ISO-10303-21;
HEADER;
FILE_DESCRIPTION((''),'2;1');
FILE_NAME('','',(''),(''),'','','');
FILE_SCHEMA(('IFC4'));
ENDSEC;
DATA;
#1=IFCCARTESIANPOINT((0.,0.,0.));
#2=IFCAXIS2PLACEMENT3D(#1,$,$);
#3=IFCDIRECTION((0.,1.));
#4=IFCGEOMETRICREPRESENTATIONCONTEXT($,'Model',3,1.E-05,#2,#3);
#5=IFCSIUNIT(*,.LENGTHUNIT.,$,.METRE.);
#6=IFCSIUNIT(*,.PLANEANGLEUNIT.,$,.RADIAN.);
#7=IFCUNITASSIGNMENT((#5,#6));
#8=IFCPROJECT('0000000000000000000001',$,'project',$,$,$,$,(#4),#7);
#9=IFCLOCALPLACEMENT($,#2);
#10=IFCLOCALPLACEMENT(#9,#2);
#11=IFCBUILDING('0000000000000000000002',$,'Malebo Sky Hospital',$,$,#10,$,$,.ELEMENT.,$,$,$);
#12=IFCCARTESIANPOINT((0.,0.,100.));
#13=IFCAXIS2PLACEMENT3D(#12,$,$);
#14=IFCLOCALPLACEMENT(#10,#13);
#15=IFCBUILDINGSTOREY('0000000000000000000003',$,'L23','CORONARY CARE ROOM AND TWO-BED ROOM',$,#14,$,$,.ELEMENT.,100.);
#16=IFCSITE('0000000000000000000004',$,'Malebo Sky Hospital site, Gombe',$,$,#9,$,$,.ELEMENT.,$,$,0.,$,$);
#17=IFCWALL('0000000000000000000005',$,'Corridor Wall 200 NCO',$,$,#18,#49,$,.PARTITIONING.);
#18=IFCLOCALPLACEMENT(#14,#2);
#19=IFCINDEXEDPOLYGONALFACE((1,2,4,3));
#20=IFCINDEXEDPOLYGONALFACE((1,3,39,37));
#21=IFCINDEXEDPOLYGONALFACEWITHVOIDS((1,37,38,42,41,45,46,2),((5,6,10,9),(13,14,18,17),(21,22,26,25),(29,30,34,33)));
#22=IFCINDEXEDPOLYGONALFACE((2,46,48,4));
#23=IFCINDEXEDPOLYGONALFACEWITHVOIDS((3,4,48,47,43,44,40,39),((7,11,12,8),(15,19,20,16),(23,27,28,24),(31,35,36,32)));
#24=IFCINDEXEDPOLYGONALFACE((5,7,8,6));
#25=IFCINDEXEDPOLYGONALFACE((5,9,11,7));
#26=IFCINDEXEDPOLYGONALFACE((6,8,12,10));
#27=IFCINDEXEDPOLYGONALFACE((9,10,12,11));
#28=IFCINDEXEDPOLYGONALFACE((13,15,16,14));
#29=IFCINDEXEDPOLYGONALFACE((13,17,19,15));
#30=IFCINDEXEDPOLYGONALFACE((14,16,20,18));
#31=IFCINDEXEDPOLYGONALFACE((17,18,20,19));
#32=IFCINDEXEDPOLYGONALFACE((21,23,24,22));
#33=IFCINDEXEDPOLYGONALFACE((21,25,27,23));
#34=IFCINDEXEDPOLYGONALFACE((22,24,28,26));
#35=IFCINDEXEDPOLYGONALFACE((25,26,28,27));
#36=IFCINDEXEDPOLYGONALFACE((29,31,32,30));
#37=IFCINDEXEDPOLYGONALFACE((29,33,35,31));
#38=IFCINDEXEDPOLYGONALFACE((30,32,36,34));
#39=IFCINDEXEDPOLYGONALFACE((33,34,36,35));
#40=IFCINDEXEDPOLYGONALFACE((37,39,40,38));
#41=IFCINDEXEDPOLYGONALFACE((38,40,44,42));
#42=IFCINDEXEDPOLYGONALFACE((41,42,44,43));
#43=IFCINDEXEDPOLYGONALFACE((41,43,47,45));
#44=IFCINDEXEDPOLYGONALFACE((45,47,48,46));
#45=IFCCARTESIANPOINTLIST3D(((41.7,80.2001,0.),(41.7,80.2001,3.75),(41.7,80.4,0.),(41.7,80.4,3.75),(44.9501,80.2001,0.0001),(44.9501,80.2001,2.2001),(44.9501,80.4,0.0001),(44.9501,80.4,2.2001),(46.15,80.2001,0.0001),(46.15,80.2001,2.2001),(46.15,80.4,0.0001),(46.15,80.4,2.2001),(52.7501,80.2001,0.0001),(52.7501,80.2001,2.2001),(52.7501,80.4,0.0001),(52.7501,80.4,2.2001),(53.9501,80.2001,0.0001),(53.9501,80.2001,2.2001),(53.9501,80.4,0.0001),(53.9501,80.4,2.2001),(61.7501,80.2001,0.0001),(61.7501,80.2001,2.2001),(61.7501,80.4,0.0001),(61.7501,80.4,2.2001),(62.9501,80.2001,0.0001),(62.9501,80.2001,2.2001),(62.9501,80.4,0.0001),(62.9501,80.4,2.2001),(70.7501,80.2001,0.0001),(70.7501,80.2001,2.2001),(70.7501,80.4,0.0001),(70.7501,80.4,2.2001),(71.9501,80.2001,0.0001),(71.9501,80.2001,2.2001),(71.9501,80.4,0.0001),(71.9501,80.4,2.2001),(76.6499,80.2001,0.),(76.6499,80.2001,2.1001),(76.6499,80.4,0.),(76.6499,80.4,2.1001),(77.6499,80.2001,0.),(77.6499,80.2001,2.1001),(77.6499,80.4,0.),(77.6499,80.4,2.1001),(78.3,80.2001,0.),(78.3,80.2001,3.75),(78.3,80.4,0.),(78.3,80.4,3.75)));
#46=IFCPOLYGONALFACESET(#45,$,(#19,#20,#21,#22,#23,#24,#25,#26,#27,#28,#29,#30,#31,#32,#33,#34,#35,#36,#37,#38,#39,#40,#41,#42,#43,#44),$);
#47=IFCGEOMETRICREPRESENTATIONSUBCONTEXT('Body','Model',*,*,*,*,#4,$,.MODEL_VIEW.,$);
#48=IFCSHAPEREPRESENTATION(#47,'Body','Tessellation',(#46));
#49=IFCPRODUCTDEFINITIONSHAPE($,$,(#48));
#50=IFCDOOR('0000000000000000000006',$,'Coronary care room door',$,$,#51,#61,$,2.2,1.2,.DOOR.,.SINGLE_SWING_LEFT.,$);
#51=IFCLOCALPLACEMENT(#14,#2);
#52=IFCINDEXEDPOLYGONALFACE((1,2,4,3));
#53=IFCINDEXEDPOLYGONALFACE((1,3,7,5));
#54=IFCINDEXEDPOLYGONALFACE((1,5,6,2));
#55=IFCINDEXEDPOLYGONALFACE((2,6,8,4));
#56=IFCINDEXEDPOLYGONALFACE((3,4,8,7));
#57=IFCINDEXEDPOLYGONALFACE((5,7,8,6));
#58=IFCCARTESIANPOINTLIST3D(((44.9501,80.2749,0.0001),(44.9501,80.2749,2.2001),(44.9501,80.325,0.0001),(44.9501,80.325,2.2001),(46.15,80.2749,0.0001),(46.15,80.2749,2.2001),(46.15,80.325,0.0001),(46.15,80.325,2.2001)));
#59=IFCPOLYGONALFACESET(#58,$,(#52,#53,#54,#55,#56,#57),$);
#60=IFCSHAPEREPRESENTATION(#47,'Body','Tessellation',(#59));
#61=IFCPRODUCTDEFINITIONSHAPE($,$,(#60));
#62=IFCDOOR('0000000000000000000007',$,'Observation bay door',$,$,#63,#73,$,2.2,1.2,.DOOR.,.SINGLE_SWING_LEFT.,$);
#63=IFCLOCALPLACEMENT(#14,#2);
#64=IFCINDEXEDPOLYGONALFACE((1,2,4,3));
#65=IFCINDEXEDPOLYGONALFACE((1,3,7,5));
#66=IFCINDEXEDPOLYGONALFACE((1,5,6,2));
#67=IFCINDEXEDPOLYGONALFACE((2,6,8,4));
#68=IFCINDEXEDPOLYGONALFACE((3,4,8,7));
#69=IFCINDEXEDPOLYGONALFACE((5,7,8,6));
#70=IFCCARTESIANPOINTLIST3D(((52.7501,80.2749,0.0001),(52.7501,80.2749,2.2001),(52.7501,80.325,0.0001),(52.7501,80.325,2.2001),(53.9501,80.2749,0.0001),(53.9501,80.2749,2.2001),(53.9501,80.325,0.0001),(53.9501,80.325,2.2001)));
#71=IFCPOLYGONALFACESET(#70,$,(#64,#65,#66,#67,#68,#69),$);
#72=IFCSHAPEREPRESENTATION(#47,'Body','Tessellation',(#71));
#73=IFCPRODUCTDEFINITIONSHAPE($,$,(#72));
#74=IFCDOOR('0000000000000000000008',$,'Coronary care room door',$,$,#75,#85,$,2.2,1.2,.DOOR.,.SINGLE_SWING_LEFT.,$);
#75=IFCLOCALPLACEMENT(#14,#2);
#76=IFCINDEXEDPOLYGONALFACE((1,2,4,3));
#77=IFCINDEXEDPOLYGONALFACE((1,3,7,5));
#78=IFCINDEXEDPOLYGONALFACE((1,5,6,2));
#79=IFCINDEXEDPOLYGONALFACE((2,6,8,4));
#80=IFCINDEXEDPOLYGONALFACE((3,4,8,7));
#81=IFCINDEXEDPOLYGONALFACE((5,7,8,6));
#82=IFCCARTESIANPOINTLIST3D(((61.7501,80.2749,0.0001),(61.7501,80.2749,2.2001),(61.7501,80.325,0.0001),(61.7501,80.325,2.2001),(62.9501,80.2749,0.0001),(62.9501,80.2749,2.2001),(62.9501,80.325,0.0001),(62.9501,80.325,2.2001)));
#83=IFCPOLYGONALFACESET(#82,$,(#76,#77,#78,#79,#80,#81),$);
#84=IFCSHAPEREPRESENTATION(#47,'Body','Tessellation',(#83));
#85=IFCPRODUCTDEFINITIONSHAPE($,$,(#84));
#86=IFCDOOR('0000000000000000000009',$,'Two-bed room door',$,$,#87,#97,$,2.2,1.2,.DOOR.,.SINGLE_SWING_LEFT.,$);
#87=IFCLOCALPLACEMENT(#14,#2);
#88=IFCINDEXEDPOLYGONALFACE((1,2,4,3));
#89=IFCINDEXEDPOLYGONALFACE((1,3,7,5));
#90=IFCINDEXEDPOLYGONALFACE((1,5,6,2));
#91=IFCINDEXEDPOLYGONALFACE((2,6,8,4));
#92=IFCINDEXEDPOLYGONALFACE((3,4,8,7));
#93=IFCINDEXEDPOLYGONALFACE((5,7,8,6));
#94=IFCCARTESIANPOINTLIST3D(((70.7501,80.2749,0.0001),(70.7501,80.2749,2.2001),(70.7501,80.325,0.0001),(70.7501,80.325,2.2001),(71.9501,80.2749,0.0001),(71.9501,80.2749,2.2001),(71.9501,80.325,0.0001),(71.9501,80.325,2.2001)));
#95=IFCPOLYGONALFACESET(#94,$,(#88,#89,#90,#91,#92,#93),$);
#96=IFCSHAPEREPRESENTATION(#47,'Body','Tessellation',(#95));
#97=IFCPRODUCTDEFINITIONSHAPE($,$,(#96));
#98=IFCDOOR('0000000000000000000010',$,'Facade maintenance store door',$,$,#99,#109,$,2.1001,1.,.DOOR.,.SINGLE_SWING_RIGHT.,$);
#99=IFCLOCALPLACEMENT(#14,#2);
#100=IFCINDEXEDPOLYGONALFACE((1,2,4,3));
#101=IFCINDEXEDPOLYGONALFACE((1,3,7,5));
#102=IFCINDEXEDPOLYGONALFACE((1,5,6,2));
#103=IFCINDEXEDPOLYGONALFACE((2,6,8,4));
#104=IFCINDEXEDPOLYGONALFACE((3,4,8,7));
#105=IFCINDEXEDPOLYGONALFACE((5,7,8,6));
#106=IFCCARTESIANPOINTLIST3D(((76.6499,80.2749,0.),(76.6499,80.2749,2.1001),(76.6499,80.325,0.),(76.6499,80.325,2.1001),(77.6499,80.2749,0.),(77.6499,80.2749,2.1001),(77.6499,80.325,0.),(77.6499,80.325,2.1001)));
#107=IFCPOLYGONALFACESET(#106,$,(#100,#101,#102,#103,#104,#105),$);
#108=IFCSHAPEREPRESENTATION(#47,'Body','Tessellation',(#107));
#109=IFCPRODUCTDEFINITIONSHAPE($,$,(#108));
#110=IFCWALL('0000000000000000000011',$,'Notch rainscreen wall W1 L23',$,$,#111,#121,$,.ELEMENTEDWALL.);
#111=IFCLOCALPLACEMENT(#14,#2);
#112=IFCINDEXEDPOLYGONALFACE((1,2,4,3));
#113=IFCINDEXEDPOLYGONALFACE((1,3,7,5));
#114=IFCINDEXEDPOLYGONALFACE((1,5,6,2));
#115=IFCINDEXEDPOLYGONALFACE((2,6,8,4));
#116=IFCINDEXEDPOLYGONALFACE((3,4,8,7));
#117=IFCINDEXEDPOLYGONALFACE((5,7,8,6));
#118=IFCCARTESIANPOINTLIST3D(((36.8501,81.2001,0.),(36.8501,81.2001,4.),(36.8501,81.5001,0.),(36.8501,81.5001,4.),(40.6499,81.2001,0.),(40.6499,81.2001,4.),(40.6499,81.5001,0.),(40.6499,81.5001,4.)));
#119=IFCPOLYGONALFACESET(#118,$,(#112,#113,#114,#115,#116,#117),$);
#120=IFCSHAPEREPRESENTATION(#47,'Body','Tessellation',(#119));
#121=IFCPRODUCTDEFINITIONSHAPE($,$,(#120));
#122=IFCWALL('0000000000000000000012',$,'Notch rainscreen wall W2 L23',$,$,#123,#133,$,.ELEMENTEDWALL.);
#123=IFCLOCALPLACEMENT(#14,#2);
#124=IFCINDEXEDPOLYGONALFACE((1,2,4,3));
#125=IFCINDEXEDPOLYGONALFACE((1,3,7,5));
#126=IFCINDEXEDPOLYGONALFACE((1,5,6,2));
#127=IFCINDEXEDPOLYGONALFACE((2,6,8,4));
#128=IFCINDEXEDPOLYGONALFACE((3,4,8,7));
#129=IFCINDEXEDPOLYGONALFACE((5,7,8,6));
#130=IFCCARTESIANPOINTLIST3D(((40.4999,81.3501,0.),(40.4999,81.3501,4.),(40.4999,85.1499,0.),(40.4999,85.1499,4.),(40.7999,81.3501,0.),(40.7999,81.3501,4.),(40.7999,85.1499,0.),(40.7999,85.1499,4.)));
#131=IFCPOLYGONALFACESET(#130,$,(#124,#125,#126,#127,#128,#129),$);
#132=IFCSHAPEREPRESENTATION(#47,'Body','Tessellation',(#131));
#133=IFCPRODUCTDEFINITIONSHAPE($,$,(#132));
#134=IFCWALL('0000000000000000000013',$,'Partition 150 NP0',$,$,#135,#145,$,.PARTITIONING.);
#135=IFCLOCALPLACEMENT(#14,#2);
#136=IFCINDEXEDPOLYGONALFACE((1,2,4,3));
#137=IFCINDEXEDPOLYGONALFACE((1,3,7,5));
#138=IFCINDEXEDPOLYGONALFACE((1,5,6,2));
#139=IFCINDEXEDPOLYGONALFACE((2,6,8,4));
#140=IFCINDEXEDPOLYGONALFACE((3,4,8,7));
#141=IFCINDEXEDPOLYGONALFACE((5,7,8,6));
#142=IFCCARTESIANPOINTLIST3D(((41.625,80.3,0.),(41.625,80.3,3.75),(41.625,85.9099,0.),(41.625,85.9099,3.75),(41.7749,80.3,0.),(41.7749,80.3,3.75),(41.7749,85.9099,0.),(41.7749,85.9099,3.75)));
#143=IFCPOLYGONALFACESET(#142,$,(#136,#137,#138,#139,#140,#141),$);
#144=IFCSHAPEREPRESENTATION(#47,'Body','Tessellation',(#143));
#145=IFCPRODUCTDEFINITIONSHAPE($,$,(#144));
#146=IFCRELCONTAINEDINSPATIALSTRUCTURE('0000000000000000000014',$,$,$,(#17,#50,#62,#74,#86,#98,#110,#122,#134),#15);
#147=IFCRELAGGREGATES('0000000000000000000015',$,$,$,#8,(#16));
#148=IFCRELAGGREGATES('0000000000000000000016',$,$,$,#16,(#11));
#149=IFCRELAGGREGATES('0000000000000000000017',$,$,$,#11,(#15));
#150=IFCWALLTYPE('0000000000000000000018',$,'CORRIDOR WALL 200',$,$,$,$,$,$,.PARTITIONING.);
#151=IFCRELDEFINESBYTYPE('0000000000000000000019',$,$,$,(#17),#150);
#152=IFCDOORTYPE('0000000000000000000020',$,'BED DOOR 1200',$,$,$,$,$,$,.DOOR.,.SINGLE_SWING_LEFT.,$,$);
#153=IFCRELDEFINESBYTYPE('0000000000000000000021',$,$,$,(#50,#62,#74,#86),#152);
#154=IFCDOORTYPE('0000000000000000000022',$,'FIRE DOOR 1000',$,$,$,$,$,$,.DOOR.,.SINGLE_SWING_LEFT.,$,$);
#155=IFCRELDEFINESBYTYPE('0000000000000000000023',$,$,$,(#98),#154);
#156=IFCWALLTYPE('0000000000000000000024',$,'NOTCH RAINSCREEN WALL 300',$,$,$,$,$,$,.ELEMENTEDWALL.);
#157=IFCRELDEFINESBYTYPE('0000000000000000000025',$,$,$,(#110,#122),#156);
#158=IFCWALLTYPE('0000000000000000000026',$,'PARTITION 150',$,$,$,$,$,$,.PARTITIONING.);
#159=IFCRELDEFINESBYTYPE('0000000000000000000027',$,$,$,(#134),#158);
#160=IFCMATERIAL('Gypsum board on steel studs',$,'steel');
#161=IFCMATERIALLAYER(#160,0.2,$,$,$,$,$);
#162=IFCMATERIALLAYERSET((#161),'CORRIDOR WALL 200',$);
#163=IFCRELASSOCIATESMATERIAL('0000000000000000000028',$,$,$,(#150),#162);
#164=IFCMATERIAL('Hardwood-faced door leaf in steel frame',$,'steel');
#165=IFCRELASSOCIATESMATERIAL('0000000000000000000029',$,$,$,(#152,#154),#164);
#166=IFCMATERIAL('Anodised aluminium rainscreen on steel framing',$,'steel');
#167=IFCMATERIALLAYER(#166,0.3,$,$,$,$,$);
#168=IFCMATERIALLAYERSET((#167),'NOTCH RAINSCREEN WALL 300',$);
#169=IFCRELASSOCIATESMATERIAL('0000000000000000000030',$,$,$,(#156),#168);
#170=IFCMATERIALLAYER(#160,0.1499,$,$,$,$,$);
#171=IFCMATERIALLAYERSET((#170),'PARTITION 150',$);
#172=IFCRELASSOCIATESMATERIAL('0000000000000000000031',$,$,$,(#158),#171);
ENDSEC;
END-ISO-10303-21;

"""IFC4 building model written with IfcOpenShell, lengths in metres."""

from ifc_helpers import new_model, si_unit, direction, frame, frame_2d, origin, place, context, subcontext, project, spatial, rectangle, extrude, material, layer, layer_set, type_object, element, fill, save


model = new_model("IFC4")

# Units and contexts
model_context = context("Model", 3, precision=1e-05, world=origin(), true_north=direction((0.0, 1.0)))
body_context = subcontext(model_context, "Body", "Model", "MODEL_VIEW")
ifc_project = project(units=[si_unit("LENGTHUNIT", "METRE"), si_unit("PLANEANGLEUNIT", "RADIAN")], contexts=[model_context])

# Site, building, storey
site_placement = place(None, origin())
site = spatial("IfcSite", under=ifc_project, at=site_placement, Name="Malebo Sky Hospital site, Gombe", CompositionType="ELEMENT", RefElevation=0.0)
building_placement = place(site_placement, origin())
building = spatial("IfcBuilding", under=site, at=building_placement, Name="Malebo Sky Hospital", CompositionType="ELEMENT")
storey_placement = place(building_placement, frame((0.0, 0.0, 100.0)))
storey = spatial("IfcBuildingStorey", under=building, at=storey_placement, Name="L23", Description="CORONARY CARE ROOM AND TWO-BED ROOM", CompositionType="ELEMENT", Elevation=100.0)

# Wall, openings, doors
ifc_material_1 = material(Name="Gypsum board on steel studs", Category="steel")
ifc_layer_1 = layer(ifc_material_1, 0.2)
ifc_layer_set_1 = layer_set([ifc_layer_1], Name="CORRIDOR WALL 200")
wall_type_1 = type_object("IfcWallType", Name="CORRIDOR WALL 200", PredefinedType="PARTITIONING", material=ifc_layer_set_1)
wall_1_placement = place(storey_placement, frame((41.7, 80.3, 0.0), z_axis=(0.0, 0.0, 1.0), x_axis=(1.0, 0.0, 0.0)))
wall_1 = element("IfcWall", 1, at=wall_1_placement, inside=storey, type_object=wall_type_1, Name="Corridor Wall 200 NCO", PredefinedType="PARTITIONING", context=body_context, shape_type="SweptSolid", body=[
    extrude(rectangle(XDim=36.6001, YDim=0.2, at=frame_2d((18.3, 0.0))), origin(), (0.0, 0.0, 1.0), 3.75),
])
opening_1_placement = place(wall_1_placement, frame((3.25, 0.0, 0.0)))
opening_1 = element("IfcOpeningElement", 2, at=opening_1_placement, cuts=wall_1, PredefinedType="OPENING", context=body_context, shape_type="SweptSolid", body=[
    extrude(rectangle(XDim=1.2, YDim=2.2, at=frame_2d((0.6001, 1.1001))), frame((0.0, 0.1099, 0.0), z_axis=(0.0, -1.0, 0.0), x_axis=(1.0, 0.0, 0.0)), (0.0, 0.0, 1.0), 0.22),
])
opening_2_placement = place(wall_1_placement, frame((11.05, 0.0, 0.0)))
opening_2 = element("IfcOpeningElement", 3, at=opening_2_placement, cuts=wall_1, PredefinedType="OPENING", context=body_context, shape_type="SweptSolid", body=[
    extrude(rectangle(XDim=1.2, YDim=2.2, at=frame_2d((0.6001, 1.1001))), frame((0.0, 0.1099, 0.0), z_axis=(0.0, -1.0, 0.0), x_axis=(1.0, 0.0, 0.0)), (0.0, 0.0, 1.0), 0.22),
])
opening_3_placement = place(wall_1_placement, frame((20.05, 0.0, 0.0)))
opening_3 = element("IfcOpeningElement", 4, at=opening_3_placement, cuts=wall_1, PredefinedType="OPENING", context=body_context, shape_type="SweptSolid", body=[
    extrude(rectangle(XDim=1.2, YDim=2.2, at=frame_2d((0.6001, 1.1001))), frame((0.0, 0.1099, 0.0), z_axis=(0.0, -1.0, 0.0), x_axis=(1.0, 0.0, 0.0)), (0.0, 0.0, 1.0), 0.22),
])
opening_4_placement = place(wall_1_placement, frame((29.05, 0.0, 0.0)))
opening_4 = element("IfcOpeningElement", 5, at=opening_4_placement, cuts=wall_1, PredefinedType="OPENING", context=body_context, shape_type="SweptSolid", body=[
    extrude(rectangle(XDim=1.2, YDim=2.2, at=frame_2d((0.6001, 1.1001))), frame((0.0, 0.1099, 0.0), z_axis=(0.0, -1.0, 0.0), x_axis=(1.0, 0.0, 0.0)), (0.0, 0.0, 1.0), 0.22),
])
opening_5_placement = place(wall_1_placement, frame((34.95, 0.0, 0.0)))
opening_5 = element("IfcOpeningElement", 6, at=opening_5_placement, cuts=wall_1, PredefinedType="OPENING", context=body_context, shape_type="SweptSolid", body=[
    extrude(rectangle(XDim=1.0, YDim=2.1001, at=frame_2d((0.5, 1.05))), frame((0.0, 0.1099, 0.0), z_axis=(0.0, -1.0, 0.0), x_axis=(1.0, 0.0, 0.0)), (0.0, 0.0, 1.0), 0.22),
])
ifc_material_2 = material(Name="Hardwood-faced door leaf in steel frame", Category="steel")
door_type_1 = type_object("IfcDoorType", Name="BED DOOR 1200", OperationType="SINGLE_SWING_LEFT", PredefinedType="DOOR", material=ifc_material_2)
door_1_placement = place(opening_1_placement, origin())
door_1 = element("IfcDoor", 7, at=door_1_placement, inside=storey, type_object=door_type_1, Name="Coronary care room door", OperationType="SINGLE_SWING_LEFT", OverallHeight=2.2, OverallWidth=1.2, PredefinedType="DOOR", context=body_context, shape_type="SweptSolid", body=[
    extrude(rectangle(XDim=1.2, YDim=2.2, at=frame_2d((0.6001, 1.1001))), frame((0.0, 0.0249, 0.0), z_axis=(0.0, -1.0, 0.0), x_axis=(1.0, 0.0, 0.0)), (0.0, 0.0, 1.0), 0.05),
])
fill(opening_1, door_1)
door_2_placement = place(opening_2_placement, origin())
door_2 = element("IfcDoor", 8, at=door_2_placement, inside=storey, type_object=door_type_1, Name="Observation bay door", OperationType="SINGLE_SWING_LEFT", OverallHeight=2.2, OverallWidth=1.2, PredefinedType="DOOR", context=body_context, shape_type="SweptSolid", body=[
    extrude(rectangle(XDim=1.2, YDim=2.2, at=frame_2d((0.6001, 1.1001))), frame((0.0, 0.0249, 0.0), z_axis=(0.0, -1.0, 0.0), x_axis=(1.0, 0.0, 0.0)), (0.0, 0.0, 1.0), 0.05),
])
fill(opening_2, door_2)
door_3_placement = place(opening_3_placement, origin())
door_3 = element("IfcDoor", 9, at=door_3_placement, inside=storey, type_object=door_type_1, Name="Coronary care room door", OperationType="SINGLE_SWING_LEFT", OverallHeight=2.2, OverallWidth=1.2, PredefinedType="DOOR", context=body_context, shape_type="SweptSolid", body=[
    extrude(rectangle(XDim=1.2, YDim=2.2, at=frame_2d((0.6001, 1.1001))), frame((0.0, 0.0249, 0.0), z_axis=(0.0, -1.0, 0.0), x_axis=(1.0, 0.0, 0.0)), (0.0, 0.0, 1.0), 0.05),
])
fill(opening_3, door_3)
door_4_placement = place(opening_4_placement, origin())
door_4 = element("IfcDoor", 10, at=door_4_placement, inside=storey, type_object=door_type_1, Name="Two-bed room door", OperationType="SINGLE_SWING_LEFT", OverallHeight=2.2, OverallWidth=1.2, PredefinedType="DOOR", context=body_context, shape_type="SweptSolid", body=[
    extrude(rectangle(XDim=1.2, YDim=2.2, at=frame_2d((0.6001, 1.1001))), frame((0.0, 0.0249, 0.0), z_axis=(0.0, -1.0, 0.0), x_axis=(1.0, 0.0, 0.0)), (0.0, 0.0, 1.0), 0.05),
])
fill(opening_4, door_4)
door_type_2 = type_object("IfcDoorType", Name="FIRE DOOR 1000", OperationType="SINGLE_SWING_LEFT", PredefinedType="DOOR", material=ifc_material_2)
door_5_placement = place(opening_5_placement, origin())
door_5 = element("IfcDoor", 11, at=door_5_placement, inside=storey, type_object=door_type_2, Name="Facade maintenance store door", OperationType="SINGLE_SWING_RIGHT", OverallHeight=2.1001, OverallWidth=1.0, PredefinedType="DOOR", context=body_context, shape_type="SweptSolid", body=[
    extrude(rectangle(XDim=1.0, YDim=2.1001, at=frame_2d((0.5, 1.05))), frame((0.0, 0.0249, 0.0), z_axis=(0.0, -1.0, 0.0), x_axis=(1.0, 0.0, 0.0)), (0.0, 0.0, 1.0), 0.05),
])
fill(opening_5, door_5)

# Walls
ifc_material_3 = material(Name="Anodised aluminium rainscreen on steel framing", Category="steel")
ifc_layer_2 = layer(ifc_material_3, 0.3)
ifc_layer_set_2 = layer_set([ifc_layer_2], Name="NOTCH RAINSCREEN WALL 300")
wall_type_2 = type_object("IfcWallType", Name="NOTCH RAINSCREEN WALL 300", PredefinedType="ELEMENTEDWALL", material=ifc_layer_set_2)
for number, where, z_axis, x_axis, name in (
    (12, (36.8501, 81.3501, 0.0), (0.0, 0.0, 1.0), (1.0, 0.0, 0.0), "Notch rainscreen wall W1 L23"),
    (13, (40.6499, 81.3501, 0.0), (0.0, 0.0, 1.0), (0.0, 1.0, 0.0), "Notch rainscreen wall W2 L23"),
):
    element("IfcWall", number, at=place(storey_placement, frame(where, z_axis=z_axis, x_axis=x_axis)), inside=storey, type_object=wall_type_2, Name=name, PredefinedType="ELEMENTEDWALL", context=body_context, shape_type="SweptSolid", body=[
        extrude(rectangle(XDim=3.7998, YDim=0.3, at=frame_2d((1.8999, 0.0))), origin(), (0.0, 0.0, 1.0), 4.0),
    ])
ifc_layer_3 = layer(ifc_material_1, 0.1499)
ifc_layer_set_3 = layer_set([ifc_layer_3], Name="PARTITION 150")
wall_type_3 = type_object("IfcWallType", Name="PARTITION 150", PredefinedType="PARTITIONING", material=ifc_layer_set_3)
wall_2_placement = place(storey_placement, frame((41.7, 80.3, 0.0), z_axis=(0.0, 0.0, 1.0), x_axis=(0.0, 1.0, 0.0)))
element("IfcWall", 14, at=wall_2_placement, inside=storey, type_object=wall_type_3, Name="Partition 150 NP0", PredefinedType="PARTITIONING", context=body_context, shape_type="SweptSolid", body=[
    extrude(rectangle(XDim=5.6099, YDim=0.1499, at=frame_2d((2.8049, 0.0))), origin(), (0.0, 0.0, 1.0), 3.75),
])

save(model, "model.ifc")
